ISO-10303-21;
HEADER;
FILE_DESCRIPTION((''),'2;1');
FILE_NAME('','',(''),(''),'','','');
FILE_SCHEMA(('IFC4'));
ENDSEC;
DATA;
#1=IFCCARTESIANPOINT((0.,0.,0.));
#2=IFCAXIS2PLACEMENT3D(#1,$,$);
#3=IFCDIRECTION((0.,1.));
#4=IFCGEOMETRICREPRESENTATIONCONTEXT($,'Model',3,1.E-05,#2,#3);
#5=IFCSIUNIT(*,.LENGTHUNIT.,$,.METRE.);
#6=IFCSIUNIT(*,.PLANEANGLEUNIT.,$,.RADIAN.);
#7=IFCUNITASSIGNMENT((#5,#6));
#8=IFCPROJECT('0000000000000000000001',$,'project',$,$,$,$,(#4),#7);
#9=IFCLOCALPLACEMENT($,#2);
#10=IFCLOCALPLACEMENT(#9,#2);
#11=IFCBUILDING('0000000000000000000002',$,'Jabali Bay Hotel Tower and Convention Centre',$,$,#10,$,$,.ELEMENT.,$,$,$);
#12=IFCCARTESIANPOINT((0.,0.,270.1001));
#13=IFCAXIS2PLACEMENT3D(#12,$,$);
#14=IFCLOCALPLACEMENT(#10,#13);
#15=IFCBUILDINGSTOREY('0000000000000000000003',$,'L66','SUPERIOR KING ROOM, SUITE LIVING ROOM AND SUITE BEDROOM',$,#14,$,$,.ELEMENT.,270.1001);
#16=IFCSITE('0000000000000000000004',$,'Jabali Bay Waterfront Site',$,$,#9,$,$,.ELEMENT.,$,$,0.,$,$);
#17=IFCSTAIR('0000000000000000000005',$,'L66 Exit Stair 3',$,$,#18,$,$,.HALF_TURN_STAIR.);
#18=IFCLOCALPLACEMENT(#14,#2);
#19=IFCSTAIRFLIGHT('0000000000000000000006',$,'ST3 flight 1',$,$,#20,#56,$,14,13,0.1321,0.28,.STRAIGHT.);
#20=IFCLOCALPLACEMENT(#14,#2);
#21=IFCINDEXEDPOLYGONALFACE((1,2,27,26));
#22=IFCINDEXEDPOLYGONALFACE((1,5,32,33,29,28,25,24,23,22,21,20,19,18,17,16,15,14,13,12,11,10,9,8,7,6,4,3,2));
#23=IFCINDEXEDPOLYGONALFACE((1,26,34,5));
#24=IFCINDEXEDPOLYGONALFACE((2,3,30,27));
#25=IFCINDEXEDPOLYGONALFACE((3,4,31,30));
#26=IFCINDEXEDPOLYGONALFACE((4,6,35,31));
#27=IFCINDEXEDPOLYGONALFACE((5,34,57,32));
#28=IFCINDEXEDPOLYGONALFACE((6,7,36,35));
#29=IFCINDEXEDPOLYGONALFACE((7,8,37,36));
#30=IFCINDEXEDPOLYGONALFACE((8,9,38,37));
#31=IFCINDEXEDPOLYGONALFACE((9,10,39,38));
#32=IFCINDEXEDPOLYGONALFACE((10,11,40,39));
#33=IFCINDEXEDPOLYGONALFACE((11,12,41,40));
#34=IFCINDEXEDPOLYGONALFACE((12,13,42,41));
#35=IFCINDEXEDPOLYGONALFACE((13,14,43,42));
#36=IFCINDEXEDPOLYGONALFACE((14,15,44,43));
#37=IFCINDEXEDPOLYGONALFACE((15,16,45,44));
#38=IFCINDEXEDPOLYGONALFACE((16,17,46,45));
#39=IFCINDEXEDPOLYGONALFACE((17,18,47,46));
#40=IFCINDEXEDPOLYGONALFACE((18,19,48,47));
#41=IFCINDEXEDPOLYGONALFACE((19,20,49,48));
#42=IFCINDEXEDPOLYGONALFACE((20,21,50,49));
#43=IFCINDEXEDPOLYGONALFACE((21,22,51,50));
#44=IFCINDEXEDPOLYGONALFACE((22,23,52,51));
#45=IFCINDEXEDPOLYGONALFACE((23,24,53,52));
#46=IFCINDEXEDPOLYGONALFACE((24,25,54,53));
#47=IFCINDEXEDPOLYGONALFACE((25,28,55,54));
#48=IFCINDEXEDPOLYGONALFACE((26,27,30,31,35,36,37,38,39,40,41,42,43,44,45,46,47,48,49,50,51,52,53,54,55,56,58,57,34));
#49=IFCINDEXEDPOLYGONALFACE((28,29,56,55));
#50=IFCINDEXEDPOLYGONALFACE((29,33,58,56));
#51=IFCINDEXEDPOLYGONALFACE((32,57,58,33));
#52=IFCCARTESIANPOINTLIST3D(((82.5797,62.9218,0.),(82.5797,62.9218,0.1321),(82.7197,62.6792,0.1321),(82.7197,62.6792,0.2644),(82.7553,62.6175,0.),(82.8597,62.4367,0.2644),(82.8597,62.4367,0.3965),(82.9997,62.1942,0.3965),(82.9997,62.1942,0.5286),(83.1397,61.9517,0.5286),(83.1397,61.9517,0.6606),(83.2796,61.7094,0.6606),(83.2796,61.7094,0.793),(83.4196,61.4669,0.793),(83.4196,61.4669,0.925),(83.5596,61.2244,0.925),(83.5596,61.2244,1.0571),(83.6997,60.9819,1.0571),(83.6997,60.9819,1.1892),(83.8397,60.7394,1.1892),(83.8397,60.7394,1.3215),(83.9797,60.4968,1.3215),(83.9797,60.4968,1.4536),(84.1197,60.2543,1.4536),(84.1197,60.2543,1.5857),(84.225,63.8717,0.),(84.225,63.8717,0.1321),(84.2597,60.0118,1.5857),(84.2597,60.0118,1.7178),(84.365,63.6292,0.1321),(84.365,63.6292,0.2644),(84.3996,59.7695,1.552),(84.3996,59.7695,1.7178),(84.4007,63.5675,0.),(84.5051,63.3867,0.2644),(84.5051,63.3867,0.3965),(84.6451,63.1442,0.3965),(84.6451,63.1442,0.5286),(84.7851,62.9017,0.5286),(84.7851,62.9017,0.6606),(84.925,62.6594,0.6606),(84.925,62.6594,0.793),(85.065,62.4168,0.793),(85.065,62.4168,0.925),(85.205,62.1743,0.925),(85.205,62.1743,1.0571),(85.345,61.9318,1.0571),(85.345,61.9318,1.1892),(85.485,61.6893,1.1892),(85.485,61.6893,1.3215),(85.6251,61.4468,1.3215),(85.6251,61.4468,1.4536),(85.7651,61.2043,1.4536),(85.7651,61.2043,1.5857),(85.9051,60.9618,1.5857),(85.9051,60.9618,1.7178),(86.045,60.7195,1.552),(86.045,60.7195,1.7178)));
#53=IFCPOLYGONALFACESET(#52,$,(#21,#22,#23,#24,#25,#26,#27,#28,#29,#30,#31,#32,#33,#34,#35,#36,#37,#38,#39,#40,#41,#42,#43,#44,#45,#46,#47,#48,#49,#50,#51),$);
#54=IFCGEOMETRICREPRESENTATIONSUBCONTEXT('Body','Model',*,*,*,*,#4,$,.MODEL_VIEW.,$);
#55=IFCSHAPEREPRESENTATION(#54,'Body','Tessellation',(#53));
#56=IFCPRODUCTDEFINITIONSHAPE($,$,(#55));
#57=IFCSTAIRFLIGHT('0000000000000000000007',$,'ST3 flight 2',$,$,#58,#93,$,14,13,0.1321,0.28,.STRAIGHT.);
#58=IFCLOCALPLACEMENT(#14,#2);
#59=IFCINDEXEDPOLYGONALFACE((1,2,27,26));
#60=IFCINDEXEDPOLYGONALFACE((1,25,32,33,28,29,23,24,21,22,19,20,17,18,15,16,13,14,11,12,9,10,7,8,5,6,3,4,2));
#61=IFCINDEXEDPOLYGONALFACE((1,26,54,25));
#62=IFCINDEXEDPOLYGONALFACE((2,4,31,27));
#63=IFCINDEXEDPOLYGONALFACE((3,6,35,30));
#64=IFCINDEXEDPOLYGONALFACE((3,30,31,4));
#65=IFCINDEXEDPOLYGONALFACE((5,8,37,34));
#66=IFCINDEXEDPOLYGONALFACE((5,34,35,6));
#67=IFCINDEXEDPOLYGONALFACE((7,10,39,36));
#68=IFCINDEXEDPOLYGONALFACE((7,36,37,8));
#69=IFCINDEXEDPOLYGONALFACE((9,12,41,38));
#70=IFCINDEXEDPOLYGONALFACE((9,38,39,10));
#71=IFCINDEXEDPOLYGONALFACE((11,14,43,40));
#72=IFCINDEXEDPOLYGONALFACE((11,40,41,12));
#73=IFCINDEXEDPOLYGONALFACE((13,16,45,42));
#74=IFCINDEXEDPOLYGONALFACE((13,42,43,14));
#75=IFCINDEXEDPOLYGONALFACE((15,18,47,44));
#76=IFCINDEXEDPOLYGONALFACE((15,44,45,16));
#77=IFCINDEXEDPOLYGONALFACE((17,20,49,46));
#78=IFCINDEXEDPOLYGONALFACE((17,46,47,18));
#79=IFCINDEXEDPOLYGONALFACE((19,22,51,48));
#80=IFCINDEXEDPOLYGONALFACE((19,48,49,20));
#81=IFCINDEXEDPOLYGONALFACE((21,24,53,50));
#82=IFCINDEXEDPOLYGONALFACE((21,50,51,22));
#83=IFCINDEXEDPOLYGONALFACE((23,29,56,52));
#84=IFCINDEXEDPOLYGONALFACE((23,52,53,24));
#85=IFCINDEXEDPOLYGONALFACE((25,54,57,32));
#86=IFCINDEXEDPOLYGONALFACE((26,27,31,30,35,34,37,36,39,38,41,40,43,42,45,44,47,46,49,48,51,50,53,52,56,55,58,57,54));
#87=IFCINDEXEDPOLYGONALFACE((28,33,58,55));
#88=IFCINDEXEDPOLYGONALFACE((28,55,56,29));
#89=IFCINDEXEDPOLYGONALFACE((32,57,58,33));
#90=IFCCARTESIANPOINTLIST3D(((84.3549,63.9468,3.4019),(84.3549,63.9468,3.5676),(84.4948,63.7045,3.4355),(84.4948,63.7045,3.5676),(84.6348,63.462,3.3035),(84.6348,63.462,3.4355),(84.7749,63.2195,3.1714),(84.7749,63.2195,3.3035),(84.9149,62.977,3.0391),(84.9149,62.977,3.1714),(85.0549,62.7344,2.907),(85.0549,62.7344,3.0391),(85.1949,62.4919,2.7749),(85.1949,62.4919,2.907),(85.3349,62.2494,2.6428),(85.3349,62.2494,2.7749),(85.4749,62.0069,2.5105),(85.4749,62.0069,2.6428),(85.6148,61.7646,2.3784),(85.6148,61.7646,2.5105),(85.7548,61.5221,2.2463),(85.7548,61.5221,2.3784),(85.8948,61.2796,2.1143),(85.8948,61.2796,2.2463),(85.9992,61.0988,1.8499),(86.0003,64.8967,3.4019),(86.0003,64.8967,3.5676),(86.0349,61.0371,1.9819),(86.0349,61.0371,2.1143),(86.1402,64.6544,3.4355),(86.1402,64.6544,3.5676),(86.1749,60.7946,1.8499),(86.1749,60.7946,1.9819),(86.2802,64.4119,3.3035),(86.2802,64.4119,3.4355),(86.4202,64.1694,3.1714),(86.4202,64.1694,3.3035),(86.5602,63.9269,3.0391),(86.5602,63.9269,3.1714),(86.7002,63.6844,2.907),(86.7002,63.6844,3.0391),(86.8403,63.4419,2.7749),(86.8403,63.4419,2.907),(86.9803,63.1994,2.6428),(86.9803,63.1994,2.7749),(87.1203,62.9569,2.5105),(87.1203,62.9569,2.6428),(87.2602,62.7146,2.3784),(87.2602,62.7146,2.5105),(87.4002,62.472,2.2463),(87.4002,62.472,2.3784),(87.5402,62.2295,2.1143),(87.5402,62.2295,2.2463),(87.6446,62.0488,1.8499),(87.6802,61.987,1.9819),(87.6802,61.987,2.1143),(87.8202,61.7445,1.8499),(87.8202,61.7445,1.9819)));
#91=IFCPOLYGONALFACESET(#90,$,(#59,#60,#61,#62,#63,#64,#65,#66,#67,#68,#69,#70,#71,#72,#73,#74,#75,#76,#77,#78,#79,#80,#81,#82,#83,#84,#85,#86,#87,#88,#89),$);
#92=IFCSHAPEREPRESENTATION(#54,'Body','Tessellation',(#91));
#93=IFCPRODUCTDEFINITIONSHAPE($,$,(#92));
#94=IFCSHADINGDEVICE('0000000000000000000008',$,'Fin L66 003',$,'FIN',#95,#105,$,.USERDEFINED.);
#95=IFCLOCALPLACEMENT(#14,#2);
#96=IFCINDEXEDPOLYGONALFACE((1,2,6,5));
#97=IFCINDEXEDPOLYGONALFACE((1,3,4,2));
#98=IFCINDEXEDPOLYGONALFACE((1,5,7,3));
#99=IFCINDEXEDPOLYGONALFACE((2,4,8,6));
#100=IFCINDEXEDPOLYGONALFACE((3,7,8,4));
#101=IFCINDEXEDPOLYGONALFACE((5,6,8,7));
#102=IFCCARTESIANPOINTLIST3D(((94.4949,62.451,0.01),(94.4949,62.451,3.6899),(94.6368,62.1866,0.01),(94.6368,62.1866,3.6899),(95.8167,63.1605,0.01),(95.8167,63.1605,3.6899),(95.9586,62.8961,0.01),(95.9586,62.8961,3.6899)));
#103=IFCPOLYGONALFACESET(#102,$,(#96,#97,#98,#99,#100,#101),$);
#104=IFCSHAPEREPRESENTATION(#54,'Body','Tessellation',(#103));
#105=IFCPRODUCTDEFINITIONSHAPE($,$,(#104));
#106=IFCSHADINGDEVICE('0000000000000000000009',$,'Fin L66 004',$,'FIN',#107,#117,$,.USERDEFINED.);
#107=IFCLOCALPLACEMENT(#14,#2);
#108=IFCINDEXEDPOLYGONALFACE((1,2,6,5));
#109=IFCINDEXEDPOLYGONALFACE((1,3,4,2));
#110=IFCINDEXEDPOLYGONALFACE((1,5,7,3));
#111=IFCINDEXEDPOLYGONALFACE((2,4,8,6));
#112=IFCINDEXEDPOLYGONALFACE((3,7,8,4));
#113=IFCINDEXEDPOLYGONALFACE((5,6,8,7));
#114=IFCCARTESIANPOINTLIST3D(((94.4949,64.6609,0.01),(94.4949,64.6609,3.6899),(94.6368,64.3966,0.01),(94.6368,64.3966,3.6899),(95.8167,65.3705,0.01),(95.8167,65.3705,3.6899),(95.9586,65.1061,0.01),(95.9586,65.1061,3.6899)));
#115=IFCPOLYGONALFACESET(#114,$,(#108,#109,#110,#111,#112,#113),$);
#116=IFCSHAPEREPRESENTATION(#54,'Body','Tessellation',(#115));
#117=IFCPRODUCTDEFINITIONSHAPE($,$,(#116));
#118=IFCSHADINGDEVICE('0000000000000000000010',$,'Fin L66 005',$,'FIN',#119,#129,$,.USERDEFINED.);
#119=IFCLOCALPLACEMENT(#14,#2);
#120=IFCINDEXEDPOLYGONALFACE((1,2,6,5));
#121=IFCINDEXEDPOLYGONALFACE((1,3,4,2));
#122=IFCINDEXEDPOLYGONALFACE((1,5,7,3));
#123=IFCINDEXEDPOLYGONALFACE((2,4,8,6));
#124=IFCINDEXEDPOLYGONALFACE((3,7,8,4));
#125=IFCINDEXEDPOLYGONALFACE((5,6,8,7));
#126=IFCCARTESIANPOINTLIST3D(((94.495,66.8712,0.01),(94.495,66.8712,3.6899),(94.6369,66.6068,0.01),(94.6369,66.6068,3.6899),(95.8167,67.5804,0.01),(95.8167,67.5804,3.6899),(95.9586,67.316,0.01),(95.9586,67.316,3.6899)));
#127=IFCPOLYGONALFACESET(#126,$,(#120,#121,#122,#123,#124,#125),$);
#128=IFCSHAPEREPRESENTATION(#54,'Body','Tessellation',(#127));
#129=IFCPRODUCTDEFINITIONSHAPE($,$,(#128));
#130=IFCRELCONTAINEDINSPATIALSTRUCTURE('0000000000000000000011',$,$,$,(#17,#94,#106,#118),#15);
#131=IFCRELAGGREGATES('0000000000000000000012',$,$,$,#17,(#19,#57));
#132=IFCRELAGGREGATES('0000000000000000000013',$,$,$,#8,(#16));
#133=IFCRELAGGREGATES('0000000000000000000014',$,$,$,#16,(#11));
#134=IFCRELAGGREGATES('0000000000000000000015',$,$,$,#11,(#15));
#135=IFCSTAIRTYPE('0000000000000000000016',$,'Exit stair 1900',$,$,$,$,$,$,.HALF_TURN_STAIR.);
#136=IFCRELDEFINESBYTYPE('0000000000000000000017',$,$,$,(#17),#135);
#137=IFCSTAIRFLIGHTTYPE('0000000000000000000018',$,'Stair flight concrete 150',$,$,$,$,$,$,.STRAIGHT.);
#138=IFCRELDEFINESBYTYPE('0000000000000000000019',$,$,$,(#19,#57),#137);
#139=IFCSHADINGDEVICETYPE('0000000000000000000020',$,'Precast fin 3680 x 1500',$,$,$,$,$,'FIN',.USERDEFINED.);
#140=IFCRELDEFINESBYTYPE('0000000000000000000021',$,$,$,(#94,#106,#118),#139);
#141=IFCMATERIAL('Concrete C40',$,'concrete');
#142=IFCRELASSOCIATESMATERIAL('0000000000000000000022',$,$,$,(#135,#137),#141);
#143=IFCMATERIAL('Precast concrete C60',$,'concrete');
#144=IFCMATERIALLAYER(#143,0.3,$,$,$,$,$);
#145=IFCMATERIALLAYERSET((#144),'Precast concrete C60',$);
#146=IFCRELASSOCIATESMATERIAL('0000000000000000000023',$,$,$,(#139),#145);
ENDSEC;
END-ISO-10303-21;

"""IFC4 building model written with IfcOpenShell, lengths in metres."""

from ifc_helpers import new_model, si_unit, direction, frame, frame_2d, origin, place, context, subcontext, project, spatial, polyline, rectangle, outline, extrude, material, layer, layer_set, type_object, element, aggregate, save


model = new_model("IFC4")

# Units and contexts
model_context = context("Model", 3, precision=1e-05, world=origin(), true_north=direction((0.0, 1.0)))
body_context = subcontext(model_context, "Body", "Model", "MODEL_VIEW")
ifc_project = project(units=[si_unit("LENGTHUNIT", "METRE"), si_unit("PLANEANGLEUNIT", "RADIAN")], contexts=[model_context])

# Site, building, storey
site_placement = place(None, origin())
site = spatial("IfcSite", under=ifc_project, at=site_placement, Name="Jabali Bay Waterfront Site", CompositionType="ELEMENT", RefElevation=0.0)
building_placement = place(site_placement, origin())
building = spatial("IfcBuilding", under=site, at=building_placement, Name="Jabali Bay Hotel Tower and Convention Centre", CompositionType="ELEMENT")
storey_placement = place(building_placement, frame((0.0, 0.0, 270.1001)))
storey = spatial("IfcBuildingStorey", under=building, at=storey_placement, Name="L66", Description="SUPERIOR KING ROOM, SUITE LIVING ROOM AND SUITE BEDROOM", CompositionType="ELEMENT", Elevation=270.1001)

# Shared definitions
ifc_material_1 = material(Name="Concrete C40", Category="concrete")

# Stair, stair flights
stair_type = type_object("IfcStairType", Name="Exit stair 1900", PredefinedType="HALF_TURN_STAIR", material=ifc_material_1)
stair_placement = place(storey_placement, origin())
stair = element("IfcStair", 1, at=stair_placement, inside=storey, type_object=stair_type, Name="L66 Exit Stair 3", PredefinedType="HALF_TURN_STAIR")
stair_flight_type = type_object("IfcStairFlightType", Name="Stair flight concrete 150", PredefinedType="STRAIGHT", material=ifc_material_1)
stair_flight_1_placement = place(storey_placement, frame((83.4023, 63.3967, 0.0), z_axis=(0.0, 0.0, 1.0), x_axis=(0.5, -0.866025, 0.0)))
stair_flight_1 = element("IfcStairFlight", 2, at=stair_flight_1_placement, type_object=stair_flight_type, Name="ST3 flight 1", NumberOfRisers=14, NumberOfTreads=13, PredefinedType="STRAIGHT", RiserHeight=0.1321, TreadLength=0.28, context=body_context, shape_type="SweptSolid", body=[
    extrude(outline(polyline([(0.0, 0.0), (0.0, 0.1321), (0.28, 0.1321), (0.28, 0.2644), (0.5601, 0.2644), (0.5601, 0.3965), (0.8401, 0.3965), (0.8401, 0.5286), (1.1201, 0.5286), (1.1201, 0.6606), (1.3999, 0.6606), (1.3999, 0.793), (1.6799, 0.793), (1.6799, 0.925), (1.96, 0.925), (1.96, 1.0571), (2.24, 1.0571), (2.24, 1.1892), (2.52, 1.1892), (2.52, 1.3215), (2.8, 1.3215), (2.8, 1.4536), (3.0801, 1.4536), (3.0801, 1.5857), (3.3601, 1.5857), (3.3601, 1.7178), (3.6399, 1.7178), (3.6399, 1.8501), (3.6399, 1.552), (0.3513, 0.0), (0.0, 0.0)])), frame((0.0, 0.95, 0.0), z_axis=(0.0, -1.0, 0.0), x_axis=(1.0, 0.0, 0.0)), (0.0, 0.0, 1.0), 1.8999),
])
stair_flight_2_placement = place(storey_placement, frame((86.9976, 61.2695, 1.8499), z_axis=(0.0, 0.0, 1.0), x_axis=(-0.5, 0.866025, 0.0)))
stair_flight_2 = element("IfcStairFlight", 3, at=stair_flight_2_placement, type_object=stair_flight_type, Name="ST3 flight 2", NumberOfRisers=14, NumberOfTreads=13, PredefinedType="STRAIGHT", RiserHeight=0.1321, TreadLength=0.28, context=body_context, shape_type="SweptSolid", body=[
    extrude(outline(polyline([(0.0, 0.0), (0.0, 0.1321), (0.28, 0.1321), (0.28, 0.2644), (0.5601, 0.2644), (0.5601, 0.3965), (0.8401, 0.3965), (0.8401, 0.5286), (1.1201, 0.5286), (1.1201, 0.6606), (1.3999, 0.6606), (1.3999, 0.793), (1.6799, 0.793), (1.6799, 0.925), (1.96, 0.925), (1.96, 1.0571), (2.24, 1.0571), (2.24, 1.1892), (2.52, 1.1892), (2.52, 1.3215), (2.8, 1.3215), (2.8, 1.4536), (3.0801, 1.4536), (3.0801, 1.5857), (3.3601, 1.5857), (3.3601, 1.7178), (3.6399, 1.7178), (3.6399, 1.8501), (3.6399, 1.552), (0.3513, 0.0), (0.0, 0.0)])), frame((0.0, 0.95, 0.0), z_axis=(0.0, -1.0, 0.0), x_axis=(1.0, 0.0, 0.0)), (0.0, 0.0, 1.0), 1.8999),
])
aggregate(stair, [stair_flight_1, stair_flight_2])

# Shading devices
ifc_material_2 = material(Name="Precast concrete C60", Category="concrete")
ifc_layer_1 = layer(ifc_material_2, 0.3)
ifc_layer_set_1 = layer_set([ifc_layer_1], Name="Precast concrete C60")
shading_device_type = type_object("IfcShadingDeviceType", Name="Precast fin 3680 x 1500", ElementType="FIN", PredefinedType="USERDEFINED", material=ifc_layer_set_1)
for number, where, z_axis, x_axis, name in (
    (4, (94.5659, 62.3188, 0.01), (0.0, 0.0, 1.0), (0.881097, 0.472935, 0.0), "Fin L66 003"),
    (5, (94.5659, 64.5288, 0.01), (0.0, 0.0, 1.0), (0.881097, 0.472935, 0.0), "Fin L66 004"),
):
    element("IfcShadingDevice", number, at=place(storey_placement, frame(where, z_axis=z_axis, x_axis=x_axis)), inside=storey, type_object=shading_device_type, Name=name, ObjectType="FIN", PredefinedType="USERDEFINED", context=body_context, shape_type="SweptSolid", body=[
        extrude(rectangle(XDim=1.5002, YDim=0.3, at=frame_2d((0.75, 0.0))), origin(), (0.0, 0.0, 1.0), 3.6799),
    ])
shading_device_placement = place(storey_placement, frame((94.5659, 66.739, 0.01), z_axis=(0.0, 0.0, 1.0), x_axis=(0.881165, 0.472808, 0.0)))
element("IfcShadingDevice", 6, at=shading_device_placement, inside=storey, type_object=shading_device_type, Name="Fin L66 005", ObjectType="FIN", PredefinedType="USERDEFINED", context=body_context, shape_type="SweptSolid", body=[
    extrude(rectangle(XDim=1.5, YDim=0.3, at=frame_2d((0.75, 0.0))), origin(), (0.0, 0.0, 1.0), 3.6799),
])

save(model, "model.ifc")
